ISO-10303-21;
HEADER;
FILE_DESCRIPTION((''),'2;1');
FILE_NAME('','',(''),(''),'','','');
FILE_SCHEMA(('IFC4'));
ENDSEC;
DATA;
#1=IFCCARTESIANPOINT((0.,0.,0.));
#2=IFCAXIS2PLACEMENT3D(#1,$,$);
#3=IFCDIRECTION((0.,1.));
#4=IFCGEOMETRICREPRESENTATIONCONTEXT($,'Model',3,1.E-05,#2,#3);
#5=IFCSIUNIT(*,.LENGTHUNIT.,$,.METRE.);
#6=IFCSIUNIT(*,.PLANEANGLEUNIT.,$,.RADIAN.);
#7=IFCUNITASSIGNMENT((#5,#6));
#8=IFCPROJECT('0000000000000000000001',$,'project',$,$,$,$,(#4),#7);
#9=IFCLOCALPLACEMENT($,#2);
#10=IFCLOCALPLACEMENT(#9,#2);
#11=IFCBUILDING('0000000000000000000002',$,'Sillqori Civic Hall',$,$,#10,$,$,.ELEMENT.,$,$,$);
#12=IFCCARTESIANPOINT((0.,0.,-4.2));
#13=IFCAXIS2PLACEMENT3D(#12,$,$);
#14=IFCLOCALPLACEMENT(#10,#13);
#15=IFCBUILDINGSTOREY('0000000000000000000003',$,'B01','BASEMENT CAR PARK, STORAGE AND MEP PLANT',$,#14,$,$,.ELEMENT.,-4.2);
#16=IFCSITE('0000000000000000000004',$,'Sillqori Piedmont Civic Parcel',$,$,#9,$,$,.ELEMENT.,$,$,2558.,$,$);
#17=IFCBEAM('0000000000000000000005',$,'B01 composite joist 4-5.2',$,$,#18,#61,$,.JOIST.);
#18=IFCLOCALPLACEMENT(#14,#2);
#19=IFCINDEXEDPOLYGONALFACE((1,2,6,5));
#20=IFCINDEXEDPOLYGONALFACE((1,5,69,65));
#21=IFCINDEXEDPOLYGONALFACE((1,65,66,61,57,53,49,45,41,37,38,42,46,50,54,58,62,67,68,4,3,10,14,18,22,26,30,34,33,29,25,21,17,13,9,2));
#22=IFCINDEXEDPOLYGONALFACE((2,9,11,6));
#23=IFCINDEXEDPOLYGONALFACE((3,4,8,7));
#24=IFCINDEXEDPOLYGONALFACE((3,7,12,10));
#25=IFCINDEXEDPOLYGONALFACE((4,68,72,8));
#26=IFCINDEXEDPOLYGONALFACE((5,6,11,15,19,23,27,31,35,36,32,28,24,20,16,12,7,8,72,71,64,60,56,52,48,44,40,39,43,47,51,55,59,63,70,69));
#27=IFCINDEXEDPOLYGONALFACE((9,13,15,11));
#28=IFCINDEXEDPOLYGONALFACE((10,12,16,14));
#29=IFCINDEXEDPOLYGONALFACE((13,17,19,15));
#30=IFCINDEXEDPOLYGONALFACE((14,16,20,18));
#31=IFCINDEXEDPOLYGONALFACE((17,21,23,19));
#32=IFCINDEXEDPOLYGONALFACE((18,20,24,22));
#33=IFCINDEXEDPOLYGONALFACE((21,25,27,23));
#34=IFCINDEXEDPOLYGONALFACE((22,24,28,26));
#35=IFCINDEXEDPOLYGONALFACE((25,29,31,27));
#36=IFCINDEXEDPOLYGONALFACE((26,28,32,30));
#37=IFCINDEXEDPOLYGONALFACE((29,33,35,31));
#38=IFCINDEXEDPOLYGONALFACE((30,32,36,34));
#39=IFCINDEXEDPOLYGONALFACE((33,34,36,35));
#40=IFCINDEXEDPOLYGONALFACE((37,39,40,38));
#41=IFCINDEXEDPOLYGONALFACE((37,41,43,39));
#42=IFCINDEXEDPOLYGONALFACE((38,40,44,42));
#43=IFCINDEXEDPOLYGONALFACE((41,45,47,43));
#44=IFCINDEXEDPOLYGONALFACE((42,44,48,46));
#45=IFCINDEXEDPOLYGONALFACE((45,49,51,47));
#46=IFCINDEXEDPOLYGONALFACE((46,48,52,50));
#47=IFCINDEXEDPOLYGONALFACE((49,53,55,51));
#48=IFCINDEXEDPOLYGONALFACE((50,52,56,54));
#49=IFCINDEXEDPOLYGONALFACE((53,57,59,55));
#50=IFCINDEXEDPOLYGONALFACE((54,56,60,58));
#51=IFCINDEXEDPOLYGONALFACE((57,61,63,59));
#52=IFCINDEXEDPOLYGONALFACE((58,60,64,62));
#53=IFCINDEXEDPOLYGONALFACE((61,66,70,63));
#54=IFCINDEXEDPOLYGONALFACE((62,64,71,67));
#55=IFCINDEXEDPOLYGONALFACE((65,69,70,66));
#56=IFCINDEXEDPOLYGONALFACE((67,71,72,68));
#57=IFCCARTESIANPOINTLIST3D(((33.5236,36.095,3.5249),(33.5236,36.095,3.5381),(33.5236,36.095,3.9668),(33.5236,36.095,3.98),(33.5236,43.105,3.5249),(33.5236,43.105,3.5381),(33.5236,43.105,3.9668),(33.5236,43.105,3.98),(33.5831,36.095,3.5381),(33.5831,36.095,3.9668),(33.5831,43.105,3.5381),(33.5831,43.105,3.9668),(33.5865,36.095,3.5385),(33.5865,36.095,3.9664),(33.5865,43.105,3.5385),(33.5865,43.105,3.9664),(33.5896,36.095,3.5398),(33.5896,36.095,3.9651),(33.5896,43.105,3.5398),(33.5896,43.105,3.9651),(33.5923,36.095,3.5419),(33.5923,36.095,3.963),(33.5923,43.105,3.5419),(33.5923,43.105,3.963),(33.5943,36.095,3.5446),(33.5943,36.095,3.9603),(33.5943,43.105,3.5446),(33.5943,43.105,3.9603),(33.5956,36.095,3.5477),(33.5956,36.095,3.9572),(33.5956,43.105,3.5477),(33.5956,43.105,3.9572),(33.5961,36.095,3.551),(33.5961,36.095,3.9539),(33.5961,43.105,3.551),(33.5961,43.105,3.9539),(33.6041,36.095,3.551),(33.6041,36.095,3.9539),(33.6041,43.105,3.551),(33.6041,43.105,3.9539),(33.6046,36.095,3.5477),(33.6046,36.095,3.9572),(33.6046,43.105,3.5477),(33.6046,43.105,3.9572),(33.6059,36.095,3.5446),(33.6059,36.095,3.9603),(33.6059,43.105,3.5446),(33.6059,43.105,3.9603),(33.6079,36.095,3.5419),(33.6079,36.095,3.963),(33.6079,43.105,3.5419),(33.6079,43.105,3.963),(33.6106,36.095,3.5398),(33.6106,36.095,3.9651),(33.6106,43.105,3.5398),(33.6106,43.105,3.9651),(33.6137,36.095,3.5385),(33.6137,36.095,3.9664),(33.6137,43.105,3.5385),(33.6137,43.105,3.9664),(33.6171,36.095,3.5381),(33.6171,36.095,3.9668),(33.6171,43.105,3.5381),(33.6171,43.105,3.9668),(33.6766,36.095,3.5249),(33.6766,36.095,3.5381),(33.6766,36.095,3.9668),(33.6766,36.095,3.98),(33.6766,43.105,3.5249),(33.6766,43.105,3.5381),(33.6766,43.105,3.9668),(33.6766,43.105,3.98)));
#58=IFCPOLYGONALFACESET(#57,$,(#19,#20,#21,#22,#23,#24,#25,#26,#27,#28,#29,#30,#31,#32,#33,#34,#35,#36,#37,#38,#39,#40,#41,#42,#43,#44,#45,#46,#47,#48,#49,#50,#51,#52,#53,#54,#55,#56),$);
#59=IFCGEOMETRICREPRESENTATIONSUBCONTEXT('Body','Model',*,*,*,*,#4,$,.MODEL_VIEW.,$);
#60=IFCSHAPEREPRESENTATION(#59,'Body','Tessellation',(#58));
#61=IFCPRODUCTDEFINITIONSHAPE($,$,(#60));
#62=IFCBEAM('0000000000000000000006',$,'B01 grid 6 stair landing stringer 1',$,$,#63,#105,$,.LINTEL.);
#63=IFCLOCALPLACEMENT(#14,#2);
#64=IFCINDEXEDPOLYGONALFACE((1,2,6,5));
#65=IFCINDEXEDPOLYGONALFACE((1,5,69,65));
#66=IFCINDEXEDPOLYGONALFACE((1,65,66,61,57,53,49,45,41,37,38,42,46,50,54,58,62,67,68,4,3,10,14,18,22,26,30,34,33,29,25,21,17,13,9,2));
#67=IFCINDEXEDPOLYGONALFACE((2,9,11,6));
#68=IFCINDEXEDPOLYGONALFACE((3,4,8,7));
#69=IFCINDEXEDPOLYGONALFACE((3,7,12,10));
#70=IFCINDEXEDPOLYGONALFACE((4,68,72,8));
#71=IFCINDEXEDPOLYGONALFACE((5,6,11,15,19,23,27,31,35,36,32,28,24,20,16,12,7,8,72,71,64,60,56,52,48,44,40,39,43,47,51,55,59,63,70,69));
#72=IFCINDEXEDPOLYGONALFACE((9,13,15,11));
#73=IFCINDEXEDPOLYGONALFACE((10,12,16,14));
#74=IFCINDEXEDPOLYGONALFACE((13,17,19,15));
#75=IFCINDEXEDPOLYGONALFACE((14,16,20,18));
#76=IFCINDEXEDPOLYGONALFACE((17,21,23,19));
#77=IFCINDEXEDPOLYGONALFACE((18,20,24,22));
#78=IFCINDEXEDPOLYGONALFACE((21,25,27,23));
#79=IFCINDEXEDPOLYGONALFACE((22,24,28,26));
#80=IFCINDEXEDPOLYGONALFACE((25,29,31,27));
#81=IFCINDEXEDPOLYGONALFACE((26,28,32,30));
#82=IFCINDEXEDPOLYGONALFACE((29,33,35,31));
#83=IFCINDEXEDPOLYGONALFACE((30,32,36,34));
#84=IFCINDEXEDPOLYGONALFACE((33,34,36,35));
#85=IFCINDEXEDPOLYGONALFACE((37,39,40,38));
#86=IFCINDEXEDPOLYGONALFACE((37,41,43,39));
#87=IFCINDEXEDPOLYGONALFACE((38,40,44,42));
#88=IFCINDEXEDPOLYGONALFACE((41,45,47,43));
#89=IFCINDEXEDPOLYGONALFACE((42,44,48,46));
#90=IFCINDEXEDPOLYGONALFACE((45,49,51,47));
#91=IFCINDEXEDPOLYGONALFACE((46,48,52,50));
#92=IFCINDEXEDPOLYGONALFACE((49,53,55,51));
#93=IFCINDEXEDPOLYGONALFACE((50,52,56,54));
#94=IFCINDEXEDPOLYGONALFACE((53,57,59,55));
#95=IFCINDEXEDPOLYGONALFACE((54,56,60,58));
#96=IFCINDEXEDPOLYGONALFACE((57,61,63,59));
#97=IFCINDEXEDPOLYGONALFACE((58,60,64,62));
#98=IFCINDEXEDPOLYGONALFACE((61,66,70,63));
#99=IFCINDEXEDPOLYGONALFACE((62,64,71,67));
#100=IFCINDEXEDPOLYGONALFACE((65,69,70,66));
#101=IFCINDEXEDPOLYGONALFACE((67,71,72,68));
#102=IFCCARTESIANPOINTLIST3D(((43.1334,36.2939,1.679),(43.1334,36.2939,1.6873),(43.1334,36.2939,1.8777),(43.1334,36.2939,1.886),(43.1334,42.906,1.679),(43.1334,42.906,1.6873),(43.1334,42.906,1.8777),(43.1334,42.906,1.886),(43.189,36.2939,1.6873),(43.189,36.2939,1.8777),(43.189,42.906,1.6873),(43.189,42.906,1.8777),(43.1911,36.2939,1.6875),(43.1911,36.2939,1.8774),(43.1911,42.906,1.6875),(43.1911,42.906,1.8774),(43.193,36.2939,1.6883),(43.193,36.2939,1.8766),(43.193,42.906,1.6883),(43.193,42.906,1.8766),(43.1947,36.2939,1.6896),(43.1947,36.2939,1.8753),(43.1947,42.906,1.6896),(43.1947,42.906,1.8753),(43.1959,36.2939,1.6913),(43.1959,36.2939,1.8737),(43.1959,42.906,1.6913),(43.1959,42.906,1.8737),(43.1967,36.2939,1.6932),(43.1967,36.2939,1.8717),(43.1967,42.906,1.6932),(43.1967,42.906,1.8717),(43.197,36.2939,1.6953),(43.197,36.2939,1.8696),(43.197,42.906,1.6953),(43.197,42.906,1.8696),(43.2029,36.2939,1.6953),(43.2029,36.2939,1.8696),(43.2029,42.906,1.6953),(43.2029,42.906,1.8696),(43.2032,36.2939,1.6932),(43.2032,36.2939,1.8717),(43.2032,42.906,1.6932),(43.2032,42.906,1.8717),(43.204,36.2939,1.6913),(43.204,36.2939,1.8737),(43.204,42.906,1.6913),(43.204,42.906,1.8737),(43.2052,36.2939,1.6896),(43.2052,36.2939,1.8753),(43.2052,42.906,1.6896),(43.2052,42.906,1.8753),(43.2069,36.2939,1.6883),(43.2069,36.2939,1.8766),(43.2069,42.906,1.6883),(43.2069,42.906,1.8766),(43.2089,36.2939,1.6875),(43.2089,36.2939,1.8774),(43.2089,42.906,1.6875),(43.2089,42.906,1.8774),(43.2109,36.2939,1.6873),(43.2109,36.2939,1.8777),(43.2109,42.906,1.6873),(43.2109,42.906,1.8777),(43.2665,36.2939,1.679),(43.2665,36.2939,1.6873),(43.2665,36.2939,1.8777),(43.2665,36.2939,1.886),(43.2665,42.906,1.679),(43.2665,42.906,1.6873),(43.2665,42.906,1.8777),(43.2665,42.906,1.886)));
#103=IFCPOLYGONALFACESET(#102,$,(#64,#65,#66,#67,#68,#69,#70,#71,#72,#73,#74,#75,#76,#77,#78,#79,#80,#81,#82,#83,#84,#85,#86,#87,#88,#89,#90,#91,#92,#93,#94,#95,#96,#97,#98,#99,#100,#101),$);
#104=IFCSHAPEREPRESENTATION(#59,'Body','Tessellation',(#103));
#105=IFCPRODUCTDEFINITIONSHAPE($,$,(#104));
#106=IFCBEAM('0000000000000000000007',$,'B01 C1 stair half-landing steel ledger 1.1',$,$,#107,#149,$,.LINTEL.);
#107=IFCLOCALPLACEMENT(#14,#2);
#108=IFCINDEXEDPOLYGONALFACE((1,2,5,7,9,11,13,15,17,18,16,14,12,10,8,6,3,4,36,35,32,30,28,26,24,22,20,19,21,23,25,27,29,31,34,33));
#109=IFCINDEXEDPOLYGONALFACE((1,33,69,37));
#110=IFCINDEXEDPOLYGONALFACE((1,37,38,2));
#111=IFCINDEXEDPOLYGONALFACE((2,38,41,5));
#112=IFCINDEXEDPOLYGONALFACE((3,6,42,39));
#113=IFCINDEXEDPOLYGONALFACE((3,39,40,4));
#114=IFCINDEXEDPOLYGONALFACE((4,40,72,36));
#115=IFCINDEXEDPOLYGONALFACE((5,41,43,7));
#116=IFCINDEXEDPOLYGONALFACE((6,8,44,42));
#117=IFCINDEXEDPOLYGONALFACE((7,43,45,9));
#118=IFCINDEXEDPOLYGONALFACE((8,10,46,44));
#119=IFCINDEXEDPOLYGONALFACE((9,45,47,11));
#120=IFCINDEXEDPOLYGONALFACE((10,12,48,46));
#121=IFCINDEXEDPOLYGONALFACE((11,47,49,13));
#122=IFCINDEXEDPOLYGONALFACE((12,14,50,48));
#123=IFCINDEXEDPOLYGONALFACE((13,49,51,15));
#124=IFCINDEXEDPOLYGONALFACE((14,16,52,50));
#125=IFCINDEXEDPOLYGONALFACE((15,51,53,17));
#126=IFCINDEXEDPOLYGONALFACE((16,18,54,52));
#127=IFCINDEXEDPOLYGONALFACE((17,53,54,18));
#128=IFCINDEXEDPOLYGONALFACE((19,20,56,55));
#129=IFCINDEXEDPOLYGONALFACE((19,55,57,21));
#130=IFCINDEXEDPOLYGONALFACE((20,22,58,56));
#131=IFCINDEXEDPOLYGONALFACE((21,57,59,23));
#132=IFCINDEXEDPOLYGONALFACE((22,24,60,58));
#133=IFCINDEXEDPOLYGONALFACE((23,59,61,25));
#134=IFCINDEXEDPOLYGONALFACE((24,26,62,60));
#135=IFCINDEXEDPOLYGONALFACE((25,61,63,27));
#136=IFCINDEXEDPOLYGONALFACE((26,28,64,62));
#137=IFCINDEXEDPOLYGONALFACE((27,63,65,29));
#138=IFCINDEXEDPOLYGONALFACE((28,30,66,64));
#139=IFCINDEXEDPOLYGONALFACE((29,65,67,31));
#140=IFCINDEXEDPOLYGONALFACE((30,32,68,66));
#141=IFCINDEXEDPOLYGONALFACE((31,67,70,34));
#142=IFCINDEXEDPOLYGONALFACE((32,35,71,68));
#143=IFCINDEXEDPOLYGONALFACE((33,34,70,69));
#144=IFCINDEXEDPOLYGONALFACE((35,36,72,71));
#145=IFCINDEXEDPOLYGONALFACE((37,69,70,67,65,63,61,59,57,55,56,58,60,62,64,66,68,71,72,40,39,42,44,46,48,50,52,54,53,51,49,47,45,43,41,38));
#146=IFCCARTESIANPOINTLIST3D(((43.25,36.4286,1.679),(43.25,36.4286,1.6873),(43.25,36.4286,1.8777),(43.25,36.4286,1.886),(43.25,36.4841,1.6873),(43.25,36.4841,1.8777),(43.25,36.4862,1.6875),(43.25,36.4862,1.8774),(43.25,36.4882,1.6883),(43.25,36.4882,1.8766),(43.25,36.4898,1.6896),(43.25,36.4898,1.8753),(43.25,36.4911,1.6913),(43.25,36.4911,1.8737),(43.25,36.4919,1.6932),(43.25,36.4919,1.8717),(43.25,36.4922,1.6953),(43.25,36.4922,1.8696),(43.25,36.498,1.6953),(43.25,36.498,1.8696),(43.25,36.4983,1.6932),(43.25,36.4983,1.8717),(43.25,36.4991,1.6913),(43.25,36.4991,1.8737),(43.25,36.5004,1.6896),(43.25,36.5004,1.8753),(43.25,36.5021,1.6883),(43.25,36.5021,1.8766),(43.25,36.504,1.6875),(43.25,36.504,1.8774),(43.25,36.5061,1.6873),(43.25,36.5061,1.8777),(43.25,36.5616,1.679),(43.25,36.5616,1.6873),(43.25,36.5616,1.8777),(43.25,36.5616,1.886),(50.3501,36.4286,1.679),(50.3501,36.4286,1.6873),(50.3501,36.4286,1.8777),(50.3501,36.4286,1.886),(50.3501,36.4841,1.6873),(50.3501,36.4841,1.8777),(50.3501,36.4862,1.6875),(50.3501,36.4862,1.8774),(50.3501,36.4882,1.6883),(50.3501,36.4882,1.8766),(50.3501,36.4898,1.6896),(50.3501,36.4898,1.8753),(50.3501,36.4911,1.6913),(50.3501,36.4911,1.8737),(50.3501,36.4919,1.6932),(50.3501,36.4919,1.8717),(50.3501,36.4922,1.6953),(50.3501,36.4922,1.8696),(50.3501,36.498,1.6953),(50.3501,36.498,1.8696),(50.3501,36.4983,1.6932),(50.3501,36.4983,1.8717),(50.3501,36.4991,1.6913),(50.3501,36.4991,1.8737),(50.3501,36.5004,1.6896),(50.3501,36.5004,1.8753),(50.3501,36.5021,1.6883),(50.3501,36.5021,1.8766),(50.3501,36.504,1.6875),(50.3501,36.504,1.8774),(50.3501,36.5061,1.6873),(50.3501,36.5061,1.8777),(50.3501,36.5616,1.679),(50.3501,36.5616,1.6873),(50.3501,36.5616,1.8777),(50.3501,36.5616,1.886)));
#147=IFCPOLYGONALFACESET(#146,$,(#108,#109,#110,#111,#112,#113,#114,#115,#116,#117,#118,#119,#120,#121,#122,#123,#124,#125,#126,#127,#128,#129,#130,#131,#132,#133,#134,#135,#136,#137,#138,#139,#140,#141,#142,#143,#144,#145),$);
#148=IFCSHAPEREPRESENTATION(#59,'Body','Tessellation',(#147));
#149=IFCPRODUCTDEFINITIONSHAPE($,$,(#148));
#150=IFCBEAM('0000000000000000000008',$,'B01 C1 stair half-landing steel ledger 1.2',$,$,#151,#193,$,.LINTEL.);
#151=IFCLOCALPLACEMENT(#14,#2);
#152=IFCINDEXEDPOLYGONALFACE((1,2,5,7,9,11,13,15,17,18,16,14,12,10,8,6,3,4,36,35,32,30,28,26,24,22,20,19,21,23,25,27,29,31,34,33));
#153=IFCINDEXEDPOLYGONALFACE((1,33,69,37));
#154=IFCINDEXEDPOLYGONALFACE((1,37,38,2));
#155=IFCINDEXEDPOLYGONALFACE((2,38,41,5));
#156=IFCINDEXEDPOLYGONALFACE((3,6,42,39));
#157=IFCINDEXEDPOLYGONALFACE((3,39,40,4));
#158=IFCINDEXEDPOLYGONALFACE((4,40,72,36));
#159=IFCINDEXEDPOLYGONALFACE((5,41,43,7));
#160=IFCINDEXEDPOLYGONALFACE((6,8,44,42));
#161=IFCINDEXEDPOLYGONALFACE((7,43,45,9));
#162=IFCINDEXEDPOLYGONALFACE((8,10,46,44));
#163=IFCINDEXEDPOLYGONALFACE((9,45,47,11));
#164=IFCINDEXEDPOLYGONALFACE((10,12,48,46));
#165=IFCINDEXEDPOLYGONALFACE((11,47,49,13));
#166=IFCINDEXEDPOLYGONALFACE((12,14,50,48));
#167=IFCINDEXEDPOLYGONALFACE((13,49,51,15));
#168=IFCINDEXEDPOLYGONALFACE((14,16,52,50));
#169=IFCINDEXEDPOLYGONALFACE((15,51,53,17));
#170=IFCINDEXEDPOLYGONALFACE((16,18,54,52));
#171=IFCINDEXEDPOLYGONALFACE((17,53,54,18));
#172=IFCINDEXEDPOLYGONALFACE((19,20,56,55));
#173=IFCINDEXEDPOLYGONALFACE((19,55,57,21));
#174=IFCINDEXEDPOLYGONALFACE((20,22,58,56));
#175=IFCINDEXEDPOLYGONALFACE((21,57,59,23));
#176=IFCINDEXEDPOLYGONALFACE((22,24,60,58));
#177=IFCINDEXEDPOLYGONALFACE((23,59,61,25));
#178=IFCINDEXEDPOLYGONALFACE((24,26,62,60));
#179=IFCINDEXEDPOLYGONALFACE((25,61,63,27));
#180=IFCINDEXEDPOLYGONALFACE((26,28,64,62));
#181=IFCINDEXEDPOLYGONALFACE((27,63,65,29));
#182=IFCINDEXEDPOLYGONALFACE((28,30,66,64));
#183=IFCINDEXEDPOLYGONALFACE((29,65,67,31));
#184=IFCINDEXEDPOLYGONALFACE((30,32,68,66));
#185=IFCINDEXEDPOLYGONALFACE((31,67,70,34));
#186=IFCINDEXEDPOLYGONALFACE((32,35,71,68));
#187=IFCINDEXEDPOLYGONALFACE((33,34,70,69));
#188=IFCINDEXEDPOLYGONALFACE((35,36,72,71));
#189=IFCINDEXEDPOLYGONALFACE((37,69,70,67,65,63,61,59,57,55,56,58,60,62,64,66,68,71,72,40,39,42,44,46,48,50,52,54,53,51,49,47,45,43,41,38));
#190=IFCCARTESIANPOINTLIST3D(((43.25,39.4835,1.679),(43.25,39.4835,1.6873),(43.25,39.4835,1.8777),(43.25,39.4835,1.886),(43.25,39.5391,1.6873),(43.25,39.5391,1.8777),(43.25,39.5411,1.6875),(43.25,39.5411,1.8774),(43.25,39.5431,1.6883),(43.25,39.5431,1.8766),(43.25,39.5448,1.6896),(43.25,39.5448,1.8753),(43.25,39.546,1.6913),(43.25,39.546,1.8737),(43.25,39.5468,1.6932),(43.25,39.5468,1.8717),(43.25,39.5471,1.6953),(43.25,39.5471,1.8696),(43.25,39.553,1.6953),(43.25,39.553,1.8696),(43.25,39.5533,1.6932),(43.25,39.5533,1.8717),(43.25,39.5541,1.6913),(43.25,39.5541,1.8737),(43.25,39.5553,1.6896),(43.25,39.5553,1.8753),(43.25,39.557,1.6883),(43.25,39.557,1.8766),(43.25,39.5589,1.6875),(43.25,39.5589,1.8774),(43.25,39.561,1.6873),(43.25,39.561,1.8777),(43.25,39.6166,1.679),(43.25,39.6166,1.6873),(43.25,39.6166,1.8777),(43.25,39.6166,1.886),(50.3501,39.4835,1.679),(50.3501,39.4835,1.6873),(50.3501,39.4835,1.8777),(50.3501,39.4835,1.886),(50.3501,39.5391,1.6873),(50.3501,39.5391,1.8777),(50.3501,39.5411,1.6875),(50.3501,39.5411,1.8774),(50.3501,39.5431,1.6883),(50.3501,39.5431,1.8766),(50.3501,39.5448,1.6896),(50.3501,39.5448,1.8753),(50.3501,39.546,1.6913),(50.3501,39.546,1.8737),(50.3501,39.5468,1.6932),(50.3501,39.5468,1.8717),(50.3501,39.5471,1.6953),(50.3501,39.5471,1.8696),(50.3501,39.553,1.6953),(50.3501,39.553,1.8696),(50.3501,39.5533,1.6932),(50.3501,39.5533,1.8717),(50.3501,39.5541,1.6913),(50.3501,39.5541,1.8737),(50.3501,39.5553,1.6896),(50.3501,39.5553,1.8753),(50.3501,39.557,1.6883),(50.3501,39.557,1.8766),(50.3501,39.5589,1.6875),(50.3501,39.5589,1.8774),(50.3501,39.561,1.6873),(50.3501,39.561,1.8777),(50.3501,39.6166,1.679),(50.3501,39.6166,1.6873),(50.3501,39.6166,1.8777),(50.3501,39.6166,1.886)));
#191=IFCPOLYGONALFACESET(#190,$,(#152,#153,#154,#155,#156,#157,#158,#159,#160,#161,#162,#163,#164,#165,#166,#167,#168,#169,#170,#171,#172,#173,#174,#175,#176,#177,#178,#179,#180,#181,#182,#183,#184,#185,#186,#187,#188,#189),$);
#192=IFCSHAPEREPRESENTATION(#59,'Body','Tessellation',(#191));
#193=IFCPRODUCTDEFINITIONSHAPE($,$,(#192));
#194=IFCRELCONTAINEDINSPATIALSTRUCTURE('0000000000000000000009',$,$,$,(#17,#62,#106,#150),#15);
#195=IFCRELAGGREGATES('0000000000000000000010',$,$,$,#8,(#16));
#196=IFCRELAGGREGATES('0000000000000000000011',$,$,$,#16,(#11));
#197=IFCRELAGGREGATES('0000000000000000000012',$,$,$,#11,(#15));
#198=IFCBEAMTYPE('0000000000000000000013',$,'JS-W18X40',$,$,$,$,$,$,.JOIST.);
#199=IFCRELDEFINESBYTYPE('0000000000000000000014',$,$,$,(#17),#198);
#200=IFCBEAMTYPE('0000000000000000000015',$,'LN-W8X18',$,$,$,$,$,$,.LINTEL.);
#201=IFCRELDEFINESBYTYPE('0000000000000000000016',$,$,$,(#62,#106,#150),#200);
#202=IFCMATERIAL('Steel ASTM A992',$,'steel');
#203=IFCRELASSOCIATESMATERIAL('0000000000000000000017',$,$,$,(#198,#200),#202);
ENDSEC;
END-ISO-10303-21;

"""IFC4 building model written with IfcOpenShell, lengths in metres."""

from ifc_helpers import new_model, si_unit, direction, frame, origin, origin_2d, place, context, subcontext, project, spatial, i_section, extrude, material, material_profile, profile_set, type_object, element, save


model = new_model("IFC4")

# Units and contexts
model_context = context("Model", 3, precision=1e-05, world=origin(), true_north=direction((0.0, 1.0)))
body_context = subcontext(model_context, "Body", "Model", "MODEL_VIEW")
ifc_project = project(units=[si_unit("LENGTHUNIT", "METRE"), si_unit("PLANEANGLEUNIT", "RADIAN")], contexts=[model_context])

# Site, building, storey
site_placement = place(None, origin())
site = spatial("IfcSite", under=ifc_project, at=site_placement, Name="Sillqori Piedmont Civic Parcel", CompositionType="ELEMENT", RefElevation=2558.0)
building_placement = place(site_placement, origin())
building = spatial("IfcBuilding", under=site, at=building_placement, Name="Sillqori Civic Hall", CompositionType="ELEMENT")
storey_placement = place(building_placement, frame((0.0, 0.0, -4.2)))
storey = spatial("IfcBuildingStorey", under=building, at=storey_placement, Name="B01", Description="BASEMENT CAR PARK, STORAGE AND MEP PLANT", CompositionType="ELEMENT", Elevation=-4.2)

# Beams
ifc_material_1 = material(Name="Steel ASTM A992", Category="steel")
ifc_material_profile_1 = material_profile(ifc_material_1, i_section(OverallWidth=0.1531, OverallDepth=0.4551, WebThickness=0.0081, FlangeThickness=0.0132, FilletRadius=0.0129, at=origin_2d()), Name="W18X40")
ifc_profile_set_1 = profile_set([ifc_material_profile_1], Name="Steel ASTM A992")
beam_type_1 = type_object("IfcBeamType", Name="JS-W18X40", PredefinedType="JOIST", material=ifc_profile_set_1)
for number, where, z_axis, x_axis, name in (
    (1, (33.6001, 36.095, 3.7524), (0.0, 1.0, 0.0), (-1.0, 0.0, 0.0), "B01 composite joist 4-5.2"),
):
    element("IfcBeam", number, at=place(storey_placement, frame(where, z_axis=z_axis, x_axis=x_axis)), inside=storey, type_object=beam_type_1, Name=name, PredefinedType="JOIST", context=body_context, shape_type="SweptSolid", body=[
        extrude(i_section(OverallWidth=0.1531, OverallDepth=0.4551, WebThickness=0.0081, FlangeThickness=0.0132, FilletRadius=0.0129, at=origin_2d()), origin(), (0.0, 0.0, 1.0), 7.01),
    ])
ifc_material_profile_2 = material_profile(ifc_material_1, i_section(OverallWidth=0.1331, OverallDepth=0.207, WebThickness=0.0059, FlangeThickness=0.0083, FilletRadius=0.0081, at=origin_2d()), Name="W8X18")
ifc_profile_set_2 = profile_set([ifc_material_profile_2], Name="Steel ASTM A992")
beam_type_2 = type_object("IfcBeamType", Name="LN-W8X18", PredefinedType="LINTEL", material=ifc_profile_set_2)
beam_1_placement = place(storey_placement, frame((43.2, 36.2939, 1.7825), z_axis=(0.0, 1.0, 0.0), x_axis=(-1.0, 0.0, 0.0)))
element("IfcBeam", 2, at=beam_1_placement, inside=storey, type_object=beam_type_2, Name="B01 grid 6 stair landing stringer 1", PredefinedType="LINTEL", context=body_context, shape_type="SweptSolid", body=[
    extrude(i_section(OverallWidth=0.1331, OverallDepth=0.207, WebThickness=0.0059, FlangeThickness=0.0083, FilletRadius=0.0081, at=origin_2d()), origin(), (0.0, 0.0, 1.0), 6.6121),
])
for number, where, z_axis, x_axis, name in (
    (3, (43.25, 36.4951, 1.7825), (1.0, 0.0, 0.0), (0.0, 1.0, 0.0), "B01 C1 stair half-landing steel ledger 1.1"),
    (4, (43.25, 39.55, 1.7825), (1.0, 0.0, 0.0), (0.0, 1.0, 0.0), "B01 C1 stair half-landing steel ledger 1.2"),
):
    element("IfcBeam", number, at=place(storey_placement, frame(where, z_axis=z_axis, x_axis=x_axis)), inside=storey, type_object=beam_type_2, Name=name, PredefinedType="LINTEL", context=body_context, shape_type="SweptSolid", body=[
        extrude(i_section(OverallWidth=0.1331, OverallDepth=0.207, WebThickness=0.0059, FlangeThickness=0.0083, FilletRadius=0.0081, at=origin_2d()), origin(), (0.0, 0.0, 1.0), 7.1001),
    ])

save(model, "model.ifc")
